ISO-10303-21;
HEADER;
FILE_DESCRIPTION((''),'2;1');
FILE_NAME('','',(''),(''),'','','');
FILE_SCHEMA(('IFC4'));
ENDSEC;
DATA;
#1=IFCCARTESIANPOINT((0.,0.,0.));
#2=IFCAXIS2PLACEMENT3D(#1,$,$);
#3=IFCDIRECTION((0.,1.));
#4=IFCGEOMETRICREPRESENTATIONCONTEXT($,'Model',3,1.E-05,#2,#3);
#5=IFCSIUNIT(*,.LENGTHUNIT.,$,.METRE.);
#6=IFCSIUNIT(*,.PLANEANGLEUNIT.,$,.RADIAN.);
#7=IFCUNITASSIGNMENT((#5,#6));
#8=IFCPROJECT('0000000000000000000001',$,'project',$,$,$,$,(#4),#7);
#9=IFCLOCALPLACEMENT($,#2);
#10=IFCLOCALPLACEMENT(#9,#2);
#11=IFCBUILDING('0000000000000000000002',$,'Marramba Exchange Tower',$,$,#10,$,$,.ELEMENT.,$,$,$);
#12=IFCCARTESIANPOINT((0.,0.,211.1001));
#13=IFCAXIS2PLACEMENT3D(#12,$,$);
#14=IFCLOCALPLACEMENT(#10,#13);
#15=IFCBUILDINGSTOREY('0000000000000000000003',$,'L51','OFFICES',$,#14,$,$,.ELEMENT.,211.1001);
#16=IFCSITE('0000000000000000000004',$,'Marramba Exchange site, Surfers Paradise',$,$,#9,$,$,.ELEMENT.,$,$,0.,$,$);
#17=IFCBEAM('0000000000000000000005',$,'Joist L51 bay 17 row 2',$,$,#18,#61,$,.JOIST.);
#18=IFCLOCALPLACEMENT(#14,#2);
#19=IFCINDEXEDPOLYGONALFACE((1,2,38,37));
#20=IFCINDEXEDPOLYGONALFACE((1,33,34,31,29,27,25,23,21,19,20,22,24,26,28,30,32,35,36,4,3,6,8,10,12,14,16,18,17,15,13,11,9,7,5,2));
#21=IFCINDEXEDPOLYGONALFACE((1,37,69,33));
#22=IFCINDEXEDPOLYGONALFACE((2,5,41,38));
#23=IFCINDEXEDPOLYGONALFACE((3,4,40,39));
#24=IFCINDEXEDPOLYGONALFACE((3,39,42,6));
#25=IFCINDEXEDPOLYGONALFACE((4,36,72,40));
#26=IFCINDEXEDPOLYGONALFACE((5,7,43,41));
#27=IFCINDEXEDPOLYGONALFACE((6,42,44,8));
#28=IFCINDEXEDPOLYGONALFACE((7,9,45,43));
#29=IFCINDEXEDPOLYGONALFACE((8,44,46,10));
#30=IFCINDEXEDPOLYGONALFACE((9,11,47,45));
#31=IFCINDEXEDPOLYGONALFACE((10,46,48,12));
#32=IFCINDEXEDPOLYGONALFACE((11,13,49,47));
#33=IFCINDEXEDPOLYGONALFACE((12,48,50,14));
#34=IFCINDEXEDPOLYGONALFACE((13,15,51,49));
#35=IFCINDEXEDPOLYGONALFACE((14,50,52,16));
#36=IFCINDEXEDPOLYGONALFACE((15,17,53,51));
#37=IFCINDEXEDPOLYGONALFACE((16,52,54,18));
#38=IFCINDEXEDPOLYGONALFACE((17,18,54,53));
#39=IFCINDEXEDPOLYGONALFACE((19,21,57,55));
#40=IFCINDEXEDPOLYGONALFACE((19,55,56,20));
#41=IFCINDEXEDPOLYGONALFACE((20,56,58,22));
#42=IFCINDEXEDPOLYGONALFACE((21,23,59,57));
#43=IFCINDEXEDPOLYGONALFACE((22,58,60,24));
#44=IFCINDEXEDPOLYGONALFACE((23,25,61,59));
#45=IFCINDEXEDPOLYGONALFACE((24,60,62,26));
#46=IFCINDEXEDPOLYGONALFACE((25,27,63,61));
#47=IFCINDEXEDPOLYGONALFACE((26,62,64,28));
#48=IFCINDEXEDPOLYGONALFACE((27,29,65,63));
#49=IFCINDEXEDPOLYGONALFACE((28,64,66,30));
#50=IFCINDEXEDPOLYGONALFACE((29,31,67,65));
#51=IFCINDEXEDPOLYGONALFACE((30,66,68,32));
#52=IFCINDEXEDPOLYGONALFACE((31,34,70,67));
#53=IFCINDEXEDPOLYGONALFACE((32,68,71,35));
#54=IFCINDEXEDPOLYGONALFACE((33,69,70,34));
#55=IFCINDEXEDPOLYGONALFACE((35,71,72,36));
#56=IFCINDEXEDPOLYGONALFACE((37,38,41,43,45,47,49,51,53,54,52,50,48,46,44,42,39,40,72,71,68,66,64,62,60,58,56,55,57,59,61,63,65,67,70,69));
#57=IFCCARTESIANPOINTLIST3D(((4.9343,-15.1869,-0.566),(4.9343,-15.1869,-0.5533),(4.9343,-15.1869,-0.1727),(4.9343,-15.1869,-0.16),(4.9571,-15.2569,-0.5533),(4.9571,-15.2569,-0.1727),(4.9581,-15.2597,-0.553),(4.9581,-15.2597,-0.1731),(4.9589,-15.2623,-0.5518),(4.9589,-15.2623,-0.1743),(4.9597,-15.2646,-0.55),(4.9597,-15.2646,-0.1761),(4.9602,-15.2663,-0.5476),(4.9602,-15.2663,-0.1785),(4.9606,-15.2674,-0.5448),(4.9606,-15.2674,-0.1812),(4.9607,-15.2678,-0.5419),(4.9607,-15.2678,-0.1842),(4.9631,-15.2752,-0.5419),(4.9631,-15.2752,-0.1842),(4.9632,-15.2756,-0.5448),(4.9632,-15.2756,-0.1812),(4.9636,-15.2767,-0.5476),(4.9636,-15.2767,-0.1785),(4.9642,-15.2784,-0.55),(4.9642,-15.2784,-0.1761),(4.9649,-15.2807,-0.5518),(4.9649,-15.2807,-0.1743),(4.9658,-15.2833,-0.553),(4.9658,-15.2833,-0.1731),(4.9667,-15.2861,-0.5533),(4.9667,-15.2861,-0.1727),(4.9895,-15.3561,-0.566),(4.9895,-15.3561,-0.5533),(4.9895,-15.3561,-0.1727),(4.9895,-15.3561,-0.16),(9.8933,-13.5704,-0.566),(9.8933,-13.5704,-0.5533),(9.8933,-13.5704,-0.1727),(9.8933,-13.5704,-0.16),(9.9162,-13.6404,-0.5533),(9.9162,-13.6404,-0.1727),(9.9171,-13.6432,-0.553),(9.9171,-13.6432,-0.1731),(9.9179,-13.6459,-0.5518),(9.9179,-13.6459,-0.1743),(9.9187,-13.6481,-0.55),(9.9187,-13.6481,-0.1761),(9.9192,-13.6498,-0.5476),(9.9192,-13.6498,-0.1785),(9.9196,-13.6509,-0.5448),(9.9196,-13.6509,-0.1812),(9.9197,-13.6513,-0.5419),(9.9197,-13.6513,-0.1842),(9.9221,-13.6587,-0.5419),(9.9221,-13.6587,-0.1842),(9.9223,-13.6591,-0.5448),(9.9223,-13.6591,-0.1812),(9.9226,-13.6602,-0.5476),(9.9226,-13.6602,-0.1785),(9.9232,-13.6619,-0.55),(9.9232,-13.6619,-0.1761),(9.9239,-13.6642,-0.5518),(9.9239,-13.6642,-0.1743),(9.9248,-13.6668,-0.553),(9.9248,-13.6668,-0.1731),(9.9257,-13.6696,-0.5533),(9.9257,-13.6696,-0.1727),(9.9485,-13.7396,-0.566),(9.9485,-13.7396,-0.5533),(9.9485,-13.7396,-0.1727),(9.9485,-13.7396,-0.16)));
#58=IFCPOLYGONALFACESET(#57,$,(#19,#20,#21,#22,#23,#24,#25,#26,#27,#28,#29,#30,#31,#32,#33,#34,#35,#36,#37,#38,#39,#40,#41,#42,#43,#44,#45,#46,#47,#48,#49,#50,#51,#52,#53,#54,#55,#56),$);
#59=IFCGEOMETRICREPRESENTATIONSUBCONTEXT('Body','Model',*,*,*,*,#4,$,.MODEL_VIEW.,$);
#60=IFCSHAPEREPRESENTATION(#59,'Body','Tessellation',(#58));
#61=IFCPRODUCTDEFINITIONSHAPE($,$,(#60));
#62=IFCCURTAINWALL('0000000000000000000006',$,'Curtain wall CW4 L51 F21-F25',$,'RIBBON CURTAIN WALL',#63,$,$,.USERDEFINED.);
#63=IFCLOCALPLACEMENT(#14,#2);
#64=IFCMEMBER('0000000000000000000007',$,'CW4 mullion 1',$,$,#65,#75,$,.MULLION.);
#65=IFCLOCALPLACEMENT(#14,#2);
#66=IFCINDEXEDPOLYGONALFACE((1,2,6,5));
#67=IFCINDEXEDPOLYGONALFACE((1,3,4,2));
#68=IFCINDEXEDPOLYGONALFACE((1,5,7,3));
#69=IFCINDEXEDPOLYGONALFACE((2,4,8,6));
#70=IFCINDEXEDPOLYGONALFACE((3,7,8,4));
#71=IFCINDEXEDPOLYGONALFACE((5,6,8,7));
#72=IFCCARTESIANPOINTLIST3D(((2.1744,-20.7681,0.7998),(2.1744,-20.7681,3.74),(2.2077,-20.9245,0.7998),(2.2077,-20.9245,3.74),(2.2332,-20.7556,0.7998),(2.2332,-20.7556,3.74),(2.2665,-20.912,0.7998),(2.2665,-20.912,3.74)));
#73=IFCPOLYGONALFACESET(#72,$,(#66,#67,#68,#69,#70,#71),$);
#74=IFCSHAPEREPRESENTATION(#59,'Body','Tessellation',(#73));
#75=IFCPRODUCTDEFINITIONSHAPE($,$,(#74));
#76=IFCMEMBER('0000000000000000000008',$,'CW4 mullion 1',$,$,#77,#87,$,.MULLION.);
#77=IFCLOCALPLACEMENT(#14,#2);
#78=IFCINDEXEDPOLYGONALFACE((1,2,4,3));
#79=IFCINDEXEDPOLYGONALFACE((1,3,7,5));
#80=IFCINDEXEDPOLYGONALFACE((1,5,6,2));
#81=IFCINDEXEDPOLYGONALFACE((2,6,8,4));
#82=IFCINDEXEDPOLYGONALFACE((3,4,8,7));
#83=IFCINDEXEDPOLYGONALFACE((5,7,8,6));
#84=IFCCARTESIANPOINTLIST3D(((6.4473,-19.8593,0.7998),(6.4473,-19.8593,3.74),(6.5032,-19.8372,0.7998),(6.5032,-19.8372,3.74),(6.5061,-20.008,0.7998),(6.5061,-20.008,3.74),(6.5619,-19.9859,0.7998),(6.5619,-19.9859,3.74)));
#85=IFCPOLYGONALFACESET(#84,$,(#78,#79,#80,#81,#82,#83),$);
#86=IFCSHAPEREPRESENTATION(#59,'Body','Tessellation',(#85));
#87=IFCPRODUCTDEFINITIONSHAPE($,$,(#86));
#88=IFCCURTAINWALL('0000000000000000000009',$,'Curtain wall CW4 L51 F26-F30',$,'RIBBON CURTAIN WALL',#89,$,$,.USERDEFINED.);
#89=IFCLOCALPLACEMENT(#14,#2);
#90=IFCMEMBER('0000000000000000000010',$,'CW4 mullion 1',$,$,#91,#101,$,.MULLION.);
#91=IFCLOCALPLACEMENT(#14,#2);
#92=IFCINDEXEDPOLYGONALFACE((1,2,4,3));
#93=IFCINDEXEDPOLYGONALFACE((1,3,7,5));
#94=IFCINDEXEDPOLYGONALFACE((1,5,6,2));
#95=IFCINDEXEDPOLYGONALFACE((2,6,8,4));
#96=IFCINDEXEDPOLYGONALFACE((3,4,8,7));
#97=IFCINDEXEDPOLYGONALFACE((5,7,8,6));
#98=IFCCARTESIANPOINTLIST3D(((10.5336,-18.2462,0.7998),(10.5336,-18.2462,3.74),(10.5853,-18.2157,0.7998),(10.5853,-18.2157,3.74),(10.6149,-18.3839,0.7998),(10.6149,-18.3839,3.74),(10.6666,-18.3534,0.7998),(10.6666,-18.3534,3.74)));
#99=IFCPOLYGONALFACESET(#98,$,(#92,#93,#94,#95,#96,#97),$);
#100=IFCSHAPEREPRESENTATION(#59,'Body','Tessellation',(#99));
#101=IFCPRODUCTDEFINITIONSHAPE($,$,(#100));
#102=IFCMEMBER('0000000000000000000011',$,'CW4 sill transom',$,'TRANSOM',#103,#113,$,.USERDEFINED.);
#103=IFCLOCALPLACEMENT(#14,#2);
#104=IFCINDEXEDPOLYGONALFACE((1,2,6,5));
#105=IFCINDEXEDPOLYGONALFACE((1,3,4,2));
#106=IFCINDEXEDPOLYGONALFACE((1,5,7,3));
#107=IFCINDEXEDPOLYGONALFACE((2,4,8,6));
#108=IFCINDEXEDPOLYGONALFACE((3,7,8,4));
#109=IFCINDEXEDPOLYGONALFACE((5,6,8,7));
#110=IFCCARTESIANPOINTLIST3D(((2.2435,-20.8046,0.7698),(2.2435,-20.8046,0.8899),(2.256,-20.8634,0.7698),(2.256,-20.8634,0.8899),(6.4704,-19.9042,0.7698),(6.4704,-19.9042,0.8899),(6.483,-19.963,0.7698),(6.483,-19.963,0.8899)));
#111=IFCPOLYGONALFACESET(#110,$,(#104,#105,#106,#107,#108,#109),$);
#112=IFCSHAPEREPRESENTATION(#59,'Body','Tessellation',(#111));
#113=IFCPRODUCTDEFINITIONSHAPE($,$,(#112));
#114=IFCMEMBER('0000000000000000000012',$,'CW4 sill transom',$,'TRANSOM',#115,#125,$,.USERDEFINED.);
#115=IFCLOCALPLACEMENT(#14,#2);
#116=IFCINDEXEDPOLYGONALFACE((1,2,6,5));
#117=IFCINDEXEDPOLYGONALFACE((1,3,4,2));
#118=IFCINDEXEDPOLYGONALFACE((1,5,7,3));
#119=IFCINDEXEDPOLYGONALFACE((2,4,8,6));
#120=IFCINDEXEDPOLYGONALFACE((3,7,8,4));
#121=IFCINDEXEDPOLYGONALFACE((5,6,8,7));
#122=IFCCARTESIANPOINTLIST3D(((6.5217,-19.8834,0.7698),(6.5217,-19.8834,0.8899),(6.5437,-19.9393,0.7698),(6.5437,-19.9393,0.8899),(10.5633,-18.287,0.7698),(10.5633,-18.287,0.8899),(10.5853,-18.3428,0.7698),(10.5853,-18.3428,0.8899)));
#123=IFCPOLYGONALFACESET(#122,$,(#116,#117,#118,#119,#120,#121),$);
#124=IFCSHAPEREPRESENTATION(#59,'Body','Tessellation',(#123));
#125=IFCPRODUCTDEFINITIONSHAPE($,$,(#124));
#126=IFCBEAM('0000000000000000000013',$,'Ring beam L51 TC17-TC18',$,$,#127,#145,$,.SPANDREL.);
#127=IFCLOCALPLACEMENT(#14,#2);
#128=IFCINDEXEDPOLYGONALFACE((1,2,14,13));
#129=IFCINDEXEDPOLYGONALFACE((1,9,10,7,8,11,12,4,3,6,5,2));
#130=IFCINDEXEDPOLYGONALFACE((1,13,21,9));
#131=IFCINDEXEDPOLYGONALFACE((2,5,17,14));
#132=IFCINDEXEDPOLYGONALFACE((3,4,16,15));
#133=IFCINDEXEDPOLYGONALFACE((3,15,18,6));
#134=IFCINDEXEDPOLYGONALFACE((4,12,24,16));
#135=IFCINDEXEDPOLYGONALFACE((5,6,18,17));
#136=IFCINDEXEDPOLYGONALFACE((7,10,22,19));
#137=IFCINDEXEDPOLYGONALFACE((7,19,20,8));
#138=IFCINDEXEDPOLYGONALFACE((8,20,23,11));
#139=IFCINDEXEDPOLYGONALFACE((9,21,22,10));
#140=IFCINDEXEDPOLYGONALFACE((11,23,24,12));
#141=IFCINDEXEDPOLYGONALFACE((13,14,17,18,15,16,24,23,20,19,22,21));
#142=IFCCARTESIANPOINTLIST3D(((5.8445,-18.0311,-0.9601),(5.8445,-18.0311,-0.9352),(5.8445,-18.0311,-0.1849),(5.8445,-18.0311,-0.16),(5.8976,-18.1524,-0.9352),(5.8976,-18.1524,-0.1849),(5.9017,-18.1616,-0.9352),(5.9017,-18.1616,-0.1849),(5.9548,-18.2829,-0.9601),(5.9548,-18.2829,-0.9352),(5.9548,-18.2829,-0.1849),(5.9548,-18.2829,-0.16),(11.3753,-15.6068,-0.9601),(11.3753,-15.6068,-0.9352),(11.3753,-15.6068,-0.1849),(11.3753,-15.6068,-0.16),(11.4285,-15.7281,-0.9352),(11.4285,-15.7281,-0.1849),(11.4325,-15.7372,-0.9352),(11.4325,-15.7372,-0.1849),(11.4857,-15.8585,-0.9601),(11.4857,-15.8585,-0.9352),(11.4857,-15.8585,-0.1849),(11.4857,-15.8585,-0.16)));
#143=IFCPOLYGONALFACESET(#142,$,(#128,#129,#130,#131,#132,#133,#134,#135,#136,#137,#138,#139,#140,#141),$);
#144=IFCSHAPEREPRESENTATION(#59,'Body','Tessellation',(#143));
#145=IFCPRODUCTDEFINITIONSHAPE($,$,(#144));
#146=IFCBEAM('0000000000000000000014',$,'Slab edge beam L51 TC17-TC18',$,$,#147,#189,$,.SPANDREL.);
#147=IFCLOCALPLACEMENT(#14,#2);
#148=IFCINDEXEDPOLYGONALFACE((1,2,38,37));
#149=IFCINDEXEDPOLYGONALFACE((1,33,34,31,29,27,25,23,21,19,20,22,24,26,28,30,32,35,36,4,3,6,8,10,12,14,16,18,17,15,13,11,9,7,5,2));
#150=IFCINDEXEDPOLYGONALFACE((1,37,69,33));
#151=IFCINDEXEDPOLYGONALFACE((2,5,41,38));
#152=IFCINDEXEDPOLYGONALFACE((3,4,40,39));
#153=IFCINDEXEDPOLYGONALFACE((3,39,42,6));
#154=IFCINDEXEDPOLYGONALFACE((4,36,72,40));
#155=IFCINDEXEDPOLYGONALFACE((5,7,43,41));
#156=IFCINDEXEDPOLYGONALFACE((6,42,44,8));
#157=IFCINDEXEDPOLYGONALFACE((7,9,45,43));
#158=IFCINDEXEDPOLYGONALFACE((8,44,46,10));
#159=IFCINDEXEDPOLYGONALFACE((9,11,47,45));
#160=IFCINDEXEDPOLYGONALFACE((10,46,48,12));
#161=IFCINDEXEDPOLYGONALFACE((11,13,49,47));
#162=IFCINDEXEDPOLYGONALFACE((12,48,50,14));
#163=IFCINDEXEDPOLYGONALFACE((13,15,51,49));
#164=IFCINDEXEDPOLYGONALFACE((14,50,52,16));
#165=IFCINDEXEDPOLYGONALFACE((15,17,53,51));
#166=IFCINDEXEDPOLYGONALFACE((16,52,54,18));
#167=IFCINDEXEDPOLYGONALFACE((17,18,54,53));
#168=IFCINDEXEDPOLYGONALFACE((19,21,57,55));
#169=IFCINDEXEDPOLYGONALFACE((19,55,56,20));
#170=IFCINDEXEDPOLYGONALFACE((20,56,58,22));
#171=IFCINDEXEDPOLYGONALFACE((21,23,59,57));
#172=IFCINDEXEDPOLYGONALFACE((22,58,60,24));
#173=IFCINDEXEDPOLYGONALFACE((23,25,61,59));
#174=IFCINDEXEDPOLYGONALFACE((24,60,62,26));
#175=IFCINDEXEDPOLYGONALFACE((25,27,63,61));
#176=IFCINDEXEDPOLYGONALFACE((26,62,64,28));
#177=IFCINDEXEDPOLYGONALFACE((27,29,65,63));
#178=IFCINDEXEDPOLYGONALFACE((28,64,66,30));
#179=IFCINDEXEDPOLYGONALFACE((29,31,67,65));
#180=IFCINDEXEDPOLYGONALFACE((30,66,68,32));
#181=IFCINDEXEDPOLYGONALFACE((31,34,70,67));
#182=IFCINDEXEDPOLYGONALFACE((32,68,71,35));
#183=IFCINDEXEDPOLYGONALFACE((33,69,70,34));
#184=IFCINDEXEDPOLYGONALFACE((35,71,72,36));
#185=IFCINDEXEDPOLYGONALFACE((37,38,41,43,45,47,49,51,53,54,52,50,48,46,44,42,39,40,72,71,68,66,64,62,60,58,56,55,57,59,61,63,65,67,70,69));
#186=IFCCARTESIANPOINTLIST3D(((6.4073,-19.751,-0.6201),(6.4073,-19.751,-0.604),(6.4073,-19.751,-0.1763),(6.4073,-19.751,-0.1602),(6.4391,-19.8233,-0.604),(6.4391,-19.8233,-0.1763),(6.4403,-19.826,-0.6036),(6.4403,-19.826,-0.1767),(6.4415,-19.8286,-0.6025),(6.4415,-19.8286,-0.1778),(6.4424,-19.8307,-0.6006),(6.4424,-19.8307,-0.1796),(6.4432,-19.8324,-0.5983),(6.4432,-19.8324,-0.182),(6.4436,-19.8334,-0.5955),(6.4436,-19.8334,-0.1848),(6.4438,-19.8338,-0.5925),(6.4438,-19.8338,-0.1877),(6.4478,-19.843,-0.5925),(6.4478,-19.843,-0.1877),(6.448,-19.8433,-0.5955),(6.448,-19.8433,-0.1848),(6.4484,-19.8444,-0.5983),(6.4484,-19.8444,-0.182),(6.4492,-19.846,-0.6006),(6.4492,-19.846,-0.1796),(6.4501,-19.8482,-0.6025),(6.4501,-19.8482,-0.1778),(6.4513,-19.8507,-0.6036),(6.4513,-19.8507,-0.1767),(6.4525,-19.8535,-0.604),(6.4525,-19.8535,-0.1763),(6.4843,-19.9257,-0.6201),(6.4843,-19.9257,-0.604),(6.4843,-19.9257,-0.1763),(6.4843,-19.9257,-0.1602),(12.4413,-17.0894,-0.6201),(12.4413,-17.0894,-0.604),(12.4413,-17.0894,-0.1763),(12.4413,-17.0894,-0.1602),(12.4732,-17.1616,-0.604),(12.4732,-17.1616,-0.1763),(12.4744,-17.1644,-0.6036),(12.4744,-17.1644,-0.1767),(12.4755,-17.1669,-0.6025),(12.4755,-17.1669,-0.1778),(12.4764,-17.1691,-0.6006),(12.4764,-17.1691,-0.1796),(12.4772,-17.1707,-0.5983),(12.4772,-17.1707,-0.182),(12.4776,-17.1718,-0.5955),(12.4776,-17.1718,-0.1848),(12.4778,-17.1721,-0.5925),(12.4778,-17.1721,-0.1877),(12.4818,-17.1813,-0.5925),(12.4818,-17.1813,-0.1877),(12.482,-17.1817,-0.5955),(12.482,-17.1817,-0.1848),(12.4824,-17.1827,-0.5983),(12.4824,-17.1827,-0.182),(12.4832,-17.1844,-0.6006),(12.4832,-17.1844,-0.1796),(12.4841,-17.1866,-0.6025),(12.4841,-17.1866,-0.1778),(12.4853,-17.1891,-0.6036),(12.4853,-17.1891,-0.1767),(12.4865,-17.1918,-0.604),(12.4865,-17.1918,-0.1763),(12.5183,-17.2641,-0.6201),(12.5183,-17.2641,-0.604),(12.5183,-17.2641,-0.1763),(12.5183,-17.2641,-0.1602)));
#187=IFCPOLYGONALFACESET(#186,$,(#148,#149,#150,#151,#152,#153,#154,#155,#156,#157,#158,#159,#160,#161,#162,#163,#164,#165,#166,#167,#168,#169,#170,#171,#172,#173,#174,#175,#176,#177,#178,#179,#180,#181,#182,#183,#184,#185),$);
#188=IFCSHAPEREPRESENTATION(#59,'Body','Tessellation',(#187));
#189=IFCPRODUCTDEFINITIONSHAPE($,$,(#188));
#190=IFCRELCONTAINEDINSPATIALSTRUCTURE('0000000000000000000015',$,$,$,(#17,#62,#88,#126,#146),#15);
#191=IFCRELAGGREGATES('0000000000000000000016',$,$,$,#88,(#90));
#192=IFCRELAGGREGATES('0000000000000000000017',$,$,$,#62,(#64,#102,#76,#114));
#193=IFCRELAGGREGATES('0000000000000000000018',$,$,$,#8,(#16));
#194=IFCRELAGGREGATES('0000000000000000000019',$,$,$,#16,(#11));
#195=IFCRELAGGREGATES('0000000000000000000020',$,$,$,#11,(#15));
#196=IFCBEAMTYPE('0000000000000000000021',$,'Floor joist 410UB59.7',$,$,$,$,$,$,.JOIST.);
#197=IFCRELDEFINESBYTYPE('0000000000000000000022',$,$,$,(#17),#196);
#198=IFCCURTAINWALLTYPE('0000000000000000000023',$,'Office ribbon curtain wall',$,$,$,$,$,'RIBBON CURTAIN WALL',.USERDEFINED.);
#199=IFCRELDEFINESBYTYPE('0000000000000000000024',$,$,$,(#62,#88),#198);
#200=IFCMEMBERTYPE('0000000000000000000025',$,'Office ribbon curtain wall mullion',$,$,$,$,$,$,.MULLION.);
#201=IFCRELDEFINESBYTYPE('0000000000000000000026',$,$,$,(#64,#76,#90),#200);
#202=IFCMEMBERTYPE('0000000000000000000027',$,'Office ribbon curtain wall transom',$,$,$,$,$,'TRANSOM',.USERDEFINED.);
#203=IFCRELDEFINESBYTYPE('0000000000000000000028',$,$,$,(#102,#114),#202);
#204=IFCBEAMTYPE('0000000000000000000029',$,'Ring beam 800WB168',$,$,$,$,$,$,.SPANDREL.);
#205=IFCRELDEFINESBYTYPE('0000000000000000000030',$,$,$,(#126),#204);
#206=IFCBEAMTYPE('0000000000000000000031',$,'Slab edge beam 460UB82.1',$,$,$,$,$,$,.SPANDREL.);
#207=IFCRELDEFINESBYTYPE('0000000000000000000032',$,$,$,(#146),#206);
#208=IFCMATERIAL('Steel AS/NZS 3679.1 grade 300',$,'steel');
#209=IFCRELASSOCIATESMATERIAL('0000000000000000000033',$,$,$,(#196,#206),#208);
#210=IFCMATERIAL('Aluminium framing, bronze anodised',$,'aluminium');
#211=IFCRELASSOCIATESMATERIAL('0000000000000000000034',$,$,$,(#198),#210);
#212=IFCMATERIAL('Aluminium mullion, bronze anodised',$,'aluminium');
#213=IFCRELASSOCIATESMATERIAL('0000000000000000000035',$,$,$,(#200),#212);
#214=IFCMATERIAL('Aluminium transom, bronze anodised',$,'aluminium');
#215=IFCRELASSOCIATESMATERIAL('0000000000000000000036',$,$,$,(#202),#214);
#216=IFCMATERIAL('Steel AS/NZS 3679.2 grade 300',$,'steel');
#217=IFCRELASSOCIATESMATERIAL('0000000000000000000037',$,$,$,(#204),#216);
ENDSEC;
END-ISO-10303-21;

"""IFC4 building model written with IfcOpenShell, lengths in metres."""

from ifc_helpers import new_model, si_unit, direction, frame, origin, origin_2d, place, context, subcontext, project, spatial, rectangle, i_section, extrude, material, material_profile, profile_set, type_object, element, aggregate, save


model = new_model("IFC4")

# Units and contexts
model_context = context("Model", 3, precision=1e-05, world=origin(), true_north=direction((0.0, 1.0)))
body_context = subcontext(model_context, "Body", "Model", "MODEL_VIEW")
ifc_project = project(units=[si_unit("LENGTHUNIT", "METRE"), si_unit("PLANEANGLEUNIT", "RADIAN")], contexts=[model_context])

# Site, building, storey
site_placement = place(None, origin())
site = spatial("IfcSite", under=ifc_project, at=site_placement, Name="Marramba Exchange site, Surfers Paradise", CompositionType="ELEMENT", RefElevation=0.0)
building_placement = place(site_placement, origin())
building = spatial("IfcBuilding", under=site, at=building_placement, Name="Marramba Exchange Tower", CompositionType="ELEMENT")
storey_placement = place(building_placement, frame((0.0, 0.0, 211.1001)))
storey = spatial("IfcBuildingStorey", under=building, at=storey_placement, Name="L51", Description="OFFICES", CompositionType="ELEMENT", Elevation=211.1001)

# Beam
ifc_material_1 = material(Name="Steel AS/NZS 3679.2 grade 300", Category="steel")
ifc_material_2 = material(Name="Steel AS/NZS 3679.1 grade 300", Category="steel")
ifc_material_profile_1 = material_profile(ifc_material_2, i_section(OverallWidth=0.178, OverallDepth=0.406, WebThickness=0.0078, FlangeThickness=0.0127, FilletRadius=0.0115, at=origin_2d()), Name="410UB59.7")
ifc_profile_set_1 = profile_set([ifc_material_profile_1], Name="Steel AS/NZS 3679.1 grade 300")
beam_type_1 = type_object("IfcBeamType", Name="Floor joist 410UB59.7", PredefinedType="JOIST", material=ifc_profile_set_1)
beam_1_placement = place(storey_placement, frame((4.9619, -15.2715, -0.363), z_axis=(0.950764, 0.309916, 0.0), x_axis=(-0.309916, 0.950764, 0.0)))
element("IfcBeam", 1, at=beam_1_placement, inside=storey, type_object=beam_type_1, Name="Joist L51 bay 17 row 2", PredefinedType="JOIST", context=body_context, shape_type="SweptSolid", body=[
    extrude(i_section(OverallWidth=0.178, OverallDepth=0.406, WebThickness=0.0078, FlangeThickness=0.0127, FilletRadius=0.0115, at=origin_2d()), origin(), (0.0, 0.0, 1.0), 5.2158),
])

# Curtain wall, members
ifc_material_3 = material(Name="Aluminium framing, bronze anodised", Category="aluminium")
curtain_wall_type = type_object("IfcCurtainWallType", Name="Office ribbon curtain wall", ElementType="RIBBON CURTAIN WALL", PredefinedType="USERDEFINED", material=ifc_material_3)
curtain_wall_1_placement = place(storey_placement, origin())
curtain_wall_1 = element("IfcCurtainWall", 2, at=curtain_wall_1_placement, inside=storey, type_object=curtain_wall_type, Name="Curtain wall CW4 L51 F21-F25", ObjectType="RIBBON CURTAIN WALL", PredefinedType="USERDEFINED")
ifc_material_4 = material(Name="Aluminium mullion, bronze anodised", Category="aluminium")
ifc_material_profile_2 = material_profile(ifc_material_4, rectangle(XDim=0.1599, YDim=0.0601, at=origin_2d()), Name="CW4 mullion 60x160")
ifc_profile_set_2 = profile_set([ifc_material_profile_2], Name="Aluminium mullion, bronze anodised")
member_type_1 = type_object("IfcMemberType", Name="Office ribbon curtain wall mullion", PredefinedType="MULLION", material=ifc_profile_set_2)
member_1_placement = place(storey_placement, frame((2.2205, -20.8401, 0.7998), z_axis=(0.0, 0.0, 1.0), x_axis=(-0.208332, 0.978058, 0.0)))
member_1 = element("IfcMember", 3, at=member_1_placement, type_object=member_type_1, Name="CW4 mullion 1", PredefinedType="MULLION", context=body_context, shape_type="SweptSolid", body=[
    extrude(rectangle(XDim=0.1599, YDim=0.0601, at=origin_2d()), origin(), (0.0, 0.0, 1.0), 2.9402),
])
member_2_placement = place(storey_placement, frame((6.5046, -19.9226, 0.7998), z_axis=(0.0, 0.0, 1.0), x_axis=(-0.367375, 0.930073, 0.0)))
member_2 = element("IfcMember", 4, at=member_2_placement, type_object=member_type_1, Name="CW4 mullion 1", PredefinedType="MULLION", context=body_context, shape_type="SweptSolid", body=[
    extrude(rectangle(XDim=0.1599, YDim=0.0601, at=origin_2d()), origin(), (0.0, 0.0, 1.0), 2.9402),
])

# Curtain wall, member
curtain_wall_2_placement = place(storey_placement, origin())
curtain_wall_2 = element("IfcCurtainWall", 5, at=curtain_wall_2_placement, inside=storey, type_object=curtain_wall_type, Name="Curtain wall CW4 L51 F26-F30", ObjectType="RIBBON CURTAIN WALL", PredefinedType="USERDEFINED")
member_3_placement = place(storey_placement, frame((10.6001, -18.2998, 0.7998), z_axis=(0.0, 0.0, 1.0), x_axis=(-0.508011, 0.861351, 0.0)))
member_3 = element("IfcMember", 6, at=member_3_placement, type_object=member_type_1, Name="CW4 mullion 1", PredefinedType="MULLION", context=body_context, shape_type="SweptSolid", body=[
    extrude(rectangle(XDim=0.1599, YDim=0.0601, at=origin_2d()), origin(), (0.0, 0.0, 1.0), 2.9402),
])
aggregate(curtain_wall_2, [member_3])

# Members
ifc_material_5 = material(Name="Aluminium transom, bronze anodised", Category="aluminium")
ifc_material_profile_3 = material_profile(ifc_material_5, rectangle(XDim=0.0601, YDim=0.1201, at=origin_2d()), Name="CW4 transom 60x120")
ifc_profile_set_3 = profile_set([ifc_material_profile_3], Name="Aluminium transom, bronze anodised")
member_type_2 = type_object("IfcMemberType", Name="Office ribbon curtain wall transom", ElementType="TRANSOM", PredefinedType="USERDEFINED", material=ifc_profile_set_3)
member_4_placement = place(storey_placement, frame((2.2498, -20.834, 0.8298), z_axis=(0.978058, 0.208333, 0.0), x_axis=(-0.208333, 0.978058, 0.0)))
member_4 = element("IfcMember", 7, at=member_4_placement, type_object=member_type_2, Name="CW4 sill transom", ObjectType="TRANSOM", PredefinedType="USERDEFINED", context=body_context, shape_type="SweptSolid", body=[
    extrude(rectangle(XDim=0.0601, YDim=0.1201, at=origin_2d()), origin(), (0.0, 0.0, 1.0), 4.3218),
])
member_5_placement = place(storey_placement, frame((6.5327, -19.9114, 0.8298), z_axis=(0.930068, 0.367387, 0.0), x_axis=(-0.367387, 0.930068, 0.0)))
member_5 = element("IfcMember", 8, at=member_5_placement, type_object=member_type_2, Name="CW4 sill transom", ObjectType="TRANSOM", PredefinedType="USERDEFINED", context=body_context, shape_type="SweptSolid", body=[
    extrude(rectangle(XDim=0.0601, YDim=0.1201, at=origin_2d()), origin(), (0.0, 0.0, 1.0), 4.3455),
])

# Beams
ifc_material_profile_4 = material_profile(ifc_material_1, i_section(OverallWidth=0.2749, OverallDepth=0.8, WebThickness=0.01, FlangeThickness=0.0249, at=origin_2d()), Name="800WB168")
ifc_profile_set_4 = profile_set([ifc_material_profile_4], Name="Steel AS/NZS 3679.2 grade 300")
beam_type_2 = type_object("IfcBeamType", Name="Ring beam 800WB168", PredefinedType="SPANDREL", material=ifc_profile_set_4)
beam_2_placement = place(storey_placement, frame((5.8997, -18.157, -0.5601), z_axis=(0.915877, 0.401459, 0.0), x_axis=(-0.401459, 0.915877, 0.0)))
element("IfcBeam", 9, at=beam_2_placement, inside=storey, type_object=beam_type_2, Name="Ring beam L51 TC17-TC18", PredefinedType="SPANDREL", context=body_context, shape_type="SweptSolid", body=[
    extrude(i_section(OverallWidth=0.2749, OverallDepth=0.8, WebThickness=0.01, FlangeThickness=0.0249, at=origin_2d()), origin(), (0.0, 0.0, 1.0), 6.0388),
])
ifc_material_profile_5 = material_profile(ifc_material_2, i_section(OverallWidth=0.1909, OverallDepth=0.46, WebThickness=0.01, FlangeThickness=0.0161, FilletRadius=0.0115, at=origin_2d()), Name="460UB82.1")
ifc_profile_set_5 = profile_set([ifc_material_profile_5], Name="Steel AS/NZS 3679.1 grade 300")
beam_type_3 = type_object("IfcBeamType", Name="Slab edge beam 460UB82.1", PredefinedType="SPANDREL", material=ifc_profile_set_5)
beam_3_placement = place(storey_placement, frame((6.4458, -19.8384, -0.3901), z_axis=(0.914941, 0.403588, 0.0), x_axis=(-0.403588, 0.914941, 0.0)))
element("IfcBeam", 10, at=beam_3_placement, inside=storey, type_object=beam_type_3, Name="Slab edge beam L51 TC17-TC18", PredefinedType="SPANDREL", context=body_context, shape_type="SweptSolid", body=[
    extrude(i_section(OverallWidth=0.1909, OverallDepth=0.46, WebThickness=0.01, FlangeThickness=0.0161, FilletRadius=0.0115, at=origin_2d()), origin(), (0.0, 0.0, 1.0), 6.595),
])

aggregate(curtain_wall_1, [member_1, member_4, member_2, member_5])

save(model, "model.ifc")
